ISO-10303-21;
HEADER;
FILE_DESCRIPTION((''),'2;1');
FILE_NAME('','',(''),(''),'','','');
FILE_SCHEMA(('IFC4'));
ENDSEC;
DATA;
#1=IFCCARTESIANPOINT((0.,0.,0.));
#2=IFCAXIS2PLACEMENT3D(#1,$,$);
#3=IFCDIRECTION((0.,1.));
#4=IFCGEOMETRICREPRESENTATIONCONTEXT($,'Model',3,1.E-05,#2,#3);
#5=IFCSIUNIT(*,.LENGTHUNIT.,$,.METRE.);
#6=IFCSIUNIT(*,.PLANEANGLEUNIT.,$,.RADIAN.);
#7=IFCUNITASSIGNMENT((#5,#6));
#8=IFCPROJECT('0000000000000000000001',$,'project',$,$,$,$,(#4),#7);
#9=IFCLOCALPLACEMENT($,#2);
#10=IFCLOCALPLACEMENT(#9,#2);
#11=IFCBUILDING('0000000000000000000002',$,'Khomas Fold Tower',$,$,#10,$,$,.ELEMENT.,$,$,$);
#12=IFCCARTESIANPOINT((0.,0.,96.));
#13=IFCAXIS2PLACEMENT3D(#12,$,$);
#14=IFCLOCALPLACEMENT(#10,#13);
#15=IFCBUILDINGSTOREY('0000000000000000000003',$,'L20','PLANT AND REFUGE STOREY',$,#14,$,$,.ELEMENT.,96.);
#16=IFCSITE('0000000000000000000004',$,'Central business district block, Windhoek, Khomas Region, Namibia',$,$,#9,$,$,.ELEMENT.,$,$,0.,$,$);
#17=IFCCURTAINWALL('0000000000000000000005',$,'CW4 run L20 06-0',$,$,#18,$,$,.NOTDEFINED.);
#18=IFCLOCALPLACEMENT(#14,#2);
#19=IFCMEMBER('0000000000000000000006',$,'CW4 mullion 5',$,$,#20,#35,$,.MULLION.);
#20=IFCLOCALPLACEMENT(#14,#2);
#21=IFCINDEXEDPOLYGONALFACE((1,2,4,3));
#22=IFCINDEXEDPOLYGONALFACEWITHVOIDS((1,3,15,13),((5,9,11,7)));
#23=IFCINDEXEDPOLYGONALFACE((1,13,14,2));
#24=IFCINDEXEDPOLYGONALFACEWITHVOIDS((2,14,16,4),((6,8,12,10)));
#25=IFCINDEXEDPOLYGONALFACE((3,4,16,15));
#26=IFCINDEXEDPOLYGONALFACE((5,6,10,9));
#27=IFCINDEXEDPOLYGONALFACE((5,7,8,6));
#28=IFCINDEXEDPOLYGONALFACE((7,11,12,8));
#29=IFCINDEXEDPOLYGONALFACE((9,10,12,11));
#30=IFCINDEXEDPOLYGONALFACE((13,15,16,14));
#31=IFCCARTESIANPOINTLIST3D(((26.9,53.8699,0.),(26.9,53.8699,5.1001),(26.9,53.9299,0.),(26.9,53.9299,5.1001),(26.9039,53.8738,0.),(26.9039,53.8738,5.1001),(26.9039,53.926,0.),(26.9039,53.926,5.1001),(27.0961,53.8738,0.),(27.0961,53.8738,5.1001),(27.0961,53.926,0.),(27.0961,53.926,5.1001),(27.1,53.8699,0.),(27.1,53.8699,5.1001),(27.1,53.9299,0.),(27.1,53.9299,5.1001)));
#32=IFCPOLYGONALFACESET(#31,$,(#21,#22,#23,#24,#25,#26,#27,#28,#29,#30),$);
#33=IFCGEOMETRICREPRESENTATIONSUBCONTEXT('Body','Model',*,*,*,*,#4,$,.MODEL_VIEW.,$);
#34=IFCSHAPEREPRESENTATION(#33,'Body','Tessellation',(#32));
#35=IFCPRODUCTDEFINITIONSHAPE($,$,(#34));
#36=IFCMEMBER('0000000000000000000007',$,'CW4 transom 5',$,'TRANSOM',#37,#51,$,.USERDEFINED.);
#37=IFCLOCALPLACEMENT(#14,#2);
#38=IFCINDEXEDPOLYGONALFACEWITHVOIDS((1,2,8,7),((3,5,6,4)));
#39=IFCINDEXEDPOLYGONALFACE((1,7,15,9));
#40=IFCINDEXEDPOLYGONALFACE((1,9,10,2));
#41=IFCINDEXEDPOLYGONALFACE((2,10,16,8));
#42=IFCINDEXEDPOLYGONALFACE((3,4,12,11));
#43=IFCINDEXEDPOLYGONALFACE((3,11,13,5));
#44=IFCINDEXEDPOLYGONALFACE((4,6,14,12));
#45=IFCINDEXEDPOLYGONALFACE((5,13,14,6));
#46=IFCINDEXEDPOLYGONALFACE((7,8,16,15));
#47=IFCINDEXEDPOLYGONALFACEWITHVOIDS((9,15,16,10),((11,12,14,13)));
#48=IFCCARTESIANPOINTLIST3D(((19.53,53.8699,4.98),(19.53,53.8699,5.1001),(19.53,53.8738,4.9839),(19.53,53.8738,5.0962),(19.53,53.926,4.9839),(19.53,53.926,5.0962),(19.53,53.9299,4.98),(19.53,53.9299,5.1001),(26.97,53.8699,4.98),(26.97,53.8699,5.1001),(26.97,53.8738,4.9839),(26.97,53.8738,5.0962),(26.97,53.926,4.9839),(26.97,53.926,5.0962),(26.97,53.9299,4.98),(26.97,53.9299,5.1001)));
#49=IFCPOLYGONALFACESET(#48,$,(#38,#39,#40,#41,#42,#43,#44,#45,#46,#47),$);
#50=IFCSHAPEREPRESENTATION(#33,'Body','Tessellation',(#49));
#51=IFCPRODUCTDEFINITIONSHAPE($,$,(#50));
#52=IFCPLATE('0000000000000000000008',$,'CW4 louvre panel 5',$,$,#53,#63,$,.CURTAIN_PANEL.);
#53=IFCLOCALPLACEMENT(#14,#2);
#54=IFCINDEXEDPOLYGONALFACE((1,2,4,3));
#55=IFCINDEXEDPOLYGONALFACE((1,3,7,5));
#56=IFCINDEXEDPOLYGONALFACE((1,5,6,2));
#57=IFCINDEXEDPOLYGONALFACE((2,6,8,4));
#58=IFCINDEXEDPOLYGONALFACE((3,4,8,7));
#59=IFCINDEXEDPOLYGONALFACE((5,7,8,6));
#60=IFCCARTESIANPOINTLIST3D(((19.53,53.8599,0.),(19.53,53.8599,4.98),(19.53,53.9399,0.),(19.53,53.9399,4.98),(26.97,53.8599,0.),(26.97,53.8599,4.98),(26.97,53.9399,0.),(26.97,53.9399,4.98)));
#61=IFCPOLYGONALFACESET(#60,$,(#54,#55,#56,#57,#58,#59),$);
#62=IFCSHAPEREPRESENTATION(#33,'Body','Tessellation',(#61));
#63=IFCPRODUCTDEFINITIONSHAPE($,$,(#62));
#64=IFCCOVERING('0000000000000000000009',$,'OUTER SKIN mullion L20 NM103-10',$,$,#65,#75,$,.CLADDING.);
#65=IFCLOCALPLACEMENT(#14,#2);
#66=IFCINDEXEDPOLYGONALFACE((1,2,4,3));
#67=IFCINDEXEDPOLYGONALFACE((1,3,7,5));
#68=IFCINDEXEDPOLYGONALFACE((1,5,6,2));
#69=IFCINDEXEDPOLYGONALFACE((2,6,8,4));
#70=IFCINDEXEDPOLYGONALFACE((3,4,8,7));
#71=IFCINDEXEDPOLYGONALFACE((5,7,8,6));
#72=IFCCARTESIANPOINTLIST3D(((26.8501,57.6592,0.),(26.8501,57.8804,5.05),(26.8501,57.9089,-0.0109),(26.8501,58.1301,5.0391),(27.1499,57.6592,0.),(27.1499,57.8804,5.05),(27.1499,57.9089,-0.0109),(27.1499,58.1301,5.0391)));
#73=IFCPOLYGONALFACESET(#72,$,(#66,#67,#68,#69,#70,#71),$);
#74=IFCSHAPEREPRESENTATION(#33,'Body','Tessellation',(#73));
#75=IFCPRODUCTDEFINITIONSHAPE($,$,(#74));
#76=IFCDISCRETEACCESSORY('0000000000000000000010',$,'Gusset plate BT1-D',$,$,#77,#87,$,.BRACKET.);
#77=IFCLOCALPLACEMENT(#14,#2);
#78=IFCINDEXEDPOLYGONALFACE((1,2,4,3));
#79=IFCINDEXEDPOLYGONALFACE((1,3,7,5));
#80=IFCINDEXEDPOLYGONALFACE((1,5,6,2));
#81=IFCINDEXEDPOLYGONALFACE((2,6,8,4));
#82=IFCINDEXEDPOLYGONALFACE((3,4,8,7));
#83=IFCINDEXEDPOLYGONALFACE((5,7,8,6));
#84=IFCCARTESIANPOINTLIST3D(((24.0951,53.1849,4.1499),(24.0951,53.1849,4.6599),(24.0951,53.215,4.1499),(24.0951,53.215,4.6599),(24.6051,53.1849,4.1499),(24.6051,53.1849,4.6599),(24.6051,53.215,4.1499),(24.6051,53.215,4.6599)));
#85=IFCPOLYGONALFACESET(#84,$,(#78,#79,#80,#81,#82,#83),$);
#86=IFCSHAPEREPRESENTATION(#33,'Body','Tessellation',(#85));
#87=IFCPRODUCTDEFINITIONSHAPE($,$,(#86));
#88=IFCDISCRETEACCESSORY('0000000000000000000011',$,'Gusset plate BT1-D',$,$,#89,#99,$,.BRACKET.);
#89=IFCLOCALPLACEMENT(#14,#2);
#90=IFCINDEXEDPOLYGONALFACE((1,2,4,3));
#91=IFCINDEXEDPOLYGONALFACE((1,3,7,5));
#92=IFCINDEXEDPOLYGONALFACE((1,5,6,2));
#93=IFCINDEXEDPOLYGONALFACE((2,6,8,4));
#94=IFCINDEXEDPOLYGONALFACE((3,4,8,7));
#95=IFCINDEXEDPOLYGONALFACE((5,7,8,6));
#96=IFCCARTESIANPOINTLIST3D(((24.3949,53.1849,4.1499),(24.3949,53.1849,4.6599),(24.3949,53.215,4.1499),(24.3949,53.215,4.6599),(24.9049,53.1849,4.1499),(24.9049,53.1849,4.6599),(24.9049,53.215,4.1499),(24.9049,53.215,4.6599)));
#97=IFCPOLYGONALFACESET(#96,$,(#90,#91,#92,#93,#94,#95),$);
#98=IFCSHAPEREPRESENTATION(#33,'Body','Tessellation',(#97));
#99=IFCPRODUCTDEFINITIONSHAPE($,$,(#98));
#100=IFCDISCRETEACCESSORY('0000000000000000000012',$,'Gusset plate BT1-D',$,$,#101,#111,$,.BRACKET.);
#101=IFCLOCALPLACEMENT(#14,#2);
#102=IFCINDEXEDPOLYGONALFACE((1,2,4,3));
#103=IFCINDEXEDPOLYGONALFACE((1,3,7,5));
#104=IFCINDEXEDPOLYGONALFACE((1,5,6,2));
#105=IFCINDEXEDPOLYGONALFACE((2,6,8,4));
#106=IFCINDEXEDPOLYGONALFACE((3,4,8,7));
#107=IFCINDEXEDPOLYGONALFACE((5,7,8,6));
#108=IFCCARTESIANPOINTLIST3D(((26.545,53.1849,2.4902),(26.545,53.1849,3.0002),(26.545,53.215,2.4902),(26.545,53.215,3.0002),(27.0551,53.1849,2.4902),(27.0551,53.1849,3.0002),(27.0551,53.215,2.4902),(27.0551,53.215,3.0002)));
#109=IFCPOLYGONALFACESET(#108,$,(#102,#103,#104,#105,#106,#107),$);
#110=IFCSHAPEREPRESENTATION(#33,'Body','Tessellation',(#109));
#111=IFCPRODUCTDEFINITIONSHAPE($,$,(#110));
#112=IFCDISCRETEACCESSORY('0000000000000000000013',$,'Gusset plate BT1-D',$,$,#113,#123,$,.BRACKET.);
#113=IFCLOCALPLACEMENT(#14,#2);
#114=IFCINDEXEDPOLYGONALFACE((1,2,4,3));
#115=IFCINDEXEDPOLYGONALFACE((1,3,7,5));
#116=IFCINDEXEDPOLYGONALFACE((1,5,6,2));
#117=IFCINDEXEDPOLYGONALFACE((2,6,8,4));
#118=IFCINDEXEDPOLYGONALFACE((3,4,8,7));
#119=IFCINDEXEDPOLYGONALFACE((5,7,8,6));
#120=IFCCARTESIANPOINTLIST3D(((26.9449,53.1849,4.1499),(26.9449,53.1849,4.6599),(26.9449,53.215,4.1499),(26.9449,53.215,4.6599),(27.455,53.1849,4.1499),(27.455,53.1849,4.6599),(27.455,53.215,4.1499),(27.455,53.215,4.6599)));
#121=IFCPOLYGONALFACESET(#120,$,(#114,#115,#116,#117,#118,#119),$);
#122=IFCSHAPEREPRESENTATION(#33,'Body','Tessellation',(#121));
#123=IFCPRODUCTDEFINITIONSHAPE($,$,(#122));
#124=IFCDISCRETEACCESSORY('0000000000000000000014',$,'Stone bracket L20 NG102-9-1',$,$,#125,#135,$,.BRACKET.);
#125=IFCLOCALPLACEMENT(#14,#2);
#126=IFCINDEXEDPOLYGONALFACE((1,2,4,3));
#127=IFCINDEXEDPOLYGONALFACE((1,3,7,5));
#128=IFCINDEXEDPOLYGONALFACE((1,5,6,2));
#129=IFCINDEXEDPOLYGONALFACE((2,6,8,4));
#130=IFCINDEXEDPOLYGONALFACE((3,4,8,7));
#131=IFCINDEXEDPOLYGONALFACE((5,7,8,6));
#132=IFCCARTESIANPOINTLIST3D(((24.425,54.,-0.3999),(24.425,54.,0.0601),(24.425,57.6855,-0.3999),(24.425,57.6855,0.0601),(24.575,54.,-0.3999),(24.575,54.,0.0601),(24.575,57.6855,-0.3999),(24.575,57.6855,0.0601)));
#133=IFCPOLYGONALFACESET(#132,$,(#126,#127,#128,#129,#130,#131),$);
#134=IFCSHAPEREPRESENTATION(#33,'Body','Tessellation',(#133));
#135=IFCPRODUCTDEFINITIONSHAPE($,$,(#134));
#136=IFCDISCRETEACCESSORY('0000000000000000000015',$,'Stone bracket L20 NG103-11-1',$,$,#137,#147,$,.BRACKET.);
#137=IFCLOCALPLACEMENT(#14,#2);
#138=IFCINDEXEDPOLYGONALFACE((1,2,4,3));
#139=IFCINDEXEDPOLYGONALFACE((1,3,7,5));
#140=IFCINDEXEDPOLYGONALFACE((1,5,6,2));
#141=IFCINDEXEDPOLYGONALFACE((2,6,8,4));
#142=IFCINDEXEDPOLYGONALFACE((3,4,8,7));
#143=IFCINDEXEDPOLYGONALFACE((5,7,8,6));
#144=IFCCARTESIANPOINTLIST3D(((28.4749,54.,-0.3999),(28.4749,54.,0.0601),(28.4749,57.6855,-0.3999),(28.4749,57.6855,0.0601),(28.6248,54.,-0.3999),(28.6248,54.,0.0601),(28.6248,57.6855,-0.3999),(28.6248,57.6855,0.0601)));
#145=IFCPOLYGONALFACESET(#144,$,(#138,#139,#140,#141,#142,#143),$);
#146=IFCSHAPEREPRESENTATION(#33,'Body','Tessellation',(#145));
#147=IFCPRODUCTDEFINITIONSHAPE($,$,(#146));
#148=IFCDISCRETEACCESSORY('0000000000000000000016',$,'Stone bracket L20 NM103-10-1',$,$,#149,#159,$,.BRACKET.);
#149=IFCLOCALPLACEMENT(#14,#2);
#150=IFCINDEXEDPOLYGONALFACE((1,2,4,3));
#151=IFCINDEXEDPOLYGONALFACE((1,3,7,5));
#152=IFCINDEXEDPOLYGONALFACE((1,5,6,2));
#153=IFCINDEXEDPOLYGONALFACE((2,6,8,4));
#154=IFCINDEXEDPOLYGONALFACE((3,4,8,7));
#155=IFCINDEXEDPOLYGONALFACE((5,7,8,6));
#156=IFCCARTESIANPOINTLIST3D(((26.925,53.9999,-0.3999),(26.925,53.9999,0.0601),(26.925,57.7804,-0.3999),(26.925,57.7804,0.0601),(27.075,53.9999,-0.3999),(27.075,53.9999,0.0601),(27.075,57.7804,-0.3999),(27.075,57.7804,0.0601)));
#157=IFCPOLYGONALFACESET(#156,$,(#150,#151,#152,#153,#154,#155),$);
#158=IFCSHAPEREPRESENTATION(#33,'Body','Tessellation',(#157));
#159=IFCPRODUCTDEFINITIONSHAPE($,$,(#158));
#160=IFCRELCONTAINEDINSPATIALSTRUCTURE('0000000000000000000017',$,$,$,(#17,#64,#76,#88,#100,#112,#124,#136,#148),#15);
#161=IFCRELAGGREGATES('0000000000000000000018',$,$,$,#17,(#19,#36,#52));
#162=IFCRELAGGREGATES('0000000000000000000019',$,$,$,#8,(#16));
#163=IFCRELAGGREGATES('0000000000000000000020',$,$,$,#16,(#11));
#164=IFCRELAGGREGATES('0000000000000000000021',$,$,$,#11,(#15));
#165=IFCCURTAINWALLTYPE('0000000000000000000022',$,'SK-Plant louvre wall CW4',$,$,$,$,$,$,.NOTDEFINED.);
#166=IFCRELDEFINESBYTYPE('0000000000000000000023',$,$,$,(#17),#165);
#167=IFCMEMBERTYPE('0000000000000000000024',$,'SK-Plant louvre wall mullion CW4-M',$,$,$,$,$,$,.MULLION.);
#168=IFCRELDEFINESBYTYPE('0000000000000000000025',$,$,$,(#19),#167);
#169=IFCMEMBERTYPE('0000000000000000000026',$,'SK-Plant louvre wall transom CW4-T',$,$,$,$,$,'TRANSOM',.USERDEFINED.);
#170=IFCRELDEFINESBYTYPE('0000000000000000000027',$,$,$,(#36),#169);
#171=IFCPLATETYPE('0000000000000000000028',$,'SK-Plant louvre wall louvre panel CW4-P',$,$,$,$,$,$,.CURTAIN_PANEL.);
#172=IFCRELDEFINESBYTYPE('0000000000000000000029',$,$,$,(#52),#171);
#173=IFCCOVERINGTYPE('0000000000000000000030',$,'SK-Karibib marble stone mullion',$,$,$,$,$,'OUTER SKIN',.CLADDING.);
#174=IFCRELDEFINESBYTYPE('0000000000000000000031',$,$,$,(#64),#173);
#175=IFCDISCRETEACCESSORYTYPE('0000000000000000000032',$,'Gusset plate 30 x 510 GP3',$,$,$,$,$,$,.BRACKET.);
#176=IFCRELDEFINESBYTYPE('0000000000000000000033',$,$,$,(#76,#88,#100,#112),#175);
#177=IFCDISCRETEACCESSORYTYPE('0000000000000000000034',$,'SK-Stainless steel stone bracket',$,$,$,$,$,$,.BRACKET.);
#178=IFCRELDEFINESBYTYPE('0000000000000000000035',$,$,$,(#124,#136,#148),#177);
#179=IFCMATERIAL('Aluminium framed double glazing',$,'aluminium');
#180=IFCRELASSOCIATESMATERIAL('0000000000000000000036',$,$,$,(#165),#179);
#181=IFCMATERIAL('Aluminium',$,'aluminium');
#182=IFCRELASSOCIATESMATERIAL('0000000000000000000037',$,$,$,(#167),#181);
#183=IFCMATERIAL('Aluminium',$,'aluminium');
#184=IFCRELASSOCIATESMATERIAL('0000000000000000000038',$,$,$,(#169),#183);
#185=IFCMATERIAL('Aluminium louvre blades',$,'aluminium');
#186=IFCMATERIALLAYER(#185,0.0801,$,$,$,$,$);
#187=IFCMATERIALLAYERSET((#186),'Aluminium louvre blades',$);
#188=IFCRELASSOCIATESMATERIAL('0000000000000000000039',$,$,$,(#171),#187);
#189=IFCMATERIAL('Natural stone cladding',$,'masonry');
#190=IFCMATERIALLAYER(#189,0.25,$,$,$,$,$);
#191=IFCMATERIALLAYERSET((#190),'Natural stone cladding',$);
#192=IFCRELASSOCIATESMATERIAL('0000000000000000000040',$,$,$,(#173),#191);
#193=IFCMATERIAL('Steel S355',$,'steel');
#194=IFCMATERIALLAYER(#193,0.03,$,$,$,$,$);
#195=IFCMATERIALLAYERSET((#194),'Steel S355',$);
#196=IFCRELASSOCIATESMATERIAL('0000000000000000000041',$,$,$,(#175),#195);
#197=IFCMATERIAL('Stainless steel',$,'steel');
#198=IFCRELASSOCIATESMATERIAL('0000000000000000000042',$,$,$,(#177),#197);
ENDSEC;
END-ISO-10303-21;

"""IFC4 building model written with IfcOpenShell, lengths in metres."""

from ifc_helpers import new_model, si_unit, direction, frame, origin, origin_2d, place, context, subcontext, project, spatial, polyline, rectangle, hollow_rectangle, outline, extrude, source, transform, mapped, material, layer, layer_set, material_profile, profile_set, type_object, element, aggregate, save


model = new_model("IFC4")

# Units and contexts
model_context = context("Model", 3, precision=1e-05, world=origin(), true_north=direction((0.0, 1.0)))
body_context = subcontext(model_context, "Body", "Model", "MODEL_VIEW")
ifc_project = project(units=[si_unit("LENGTHUNIT", "METRE"), si_unit("PLANEANGLEUNIT", "RADIAN")], contexts=[model_context])

# Site, building, storey
site_placement = place(None, origin())
site = spatial("IfcSite", under=ifc_project, at=site_placement, Name="Central business district block, Windhoek, Khomas Region, Namibia", CompositionType="ELEMENT", RefElevation=0.0)
building_placement = place(site_placement, origin())
building = spatial("IfcBuilding", under=site, at=building_placement, Name="Khomas Fold Tower", CompositionType="ELEMENT")
storey_placement = place(building_placement, frame((0.0, 0.0, 96.0)))
storey = spatial("IfcBuildingStorey", under=building, at=storey_placement, Name="L20", Description="PLANT AND REFUGE STOREY", CompositionType="ELEMENT", Elevation=96.0)

# Curtain wall, members, plate
ifc_material_1 = material(Name="Aluminium framed double glazing", Category="aluminium")
curtain_wall_type = type_object("IfcCurtainWallType", Name="SK-Plant louvre wall CW4", PredefinedType="NOTDEFINED", material=ifc_material_1)
curtain_wall_placement = place(storey_placement, origin())
curtain_wall = element("IfcCurtainWall", 1, at=curtain_wall_placement, inside=storey, type_object=curtain_wall_type, Name="CW4 run L20 06-0", PredefinedType="NOTDEFINED")
ifc_material_2 = material(Name="Aluminium", Category="aluminium")
ifc_material_profile_1 = material_profile(ifc_material_2, hollow_rectangle(XDim=0.0601, YDim=0.2, WallThickness=0.0039, at=origin_2d()), Name="SK-Plant louvre wall mullion CW4-M")
ifc_profile_set_1 = profile_set([ifc_material_profile_1], Name="Aluminium")
member_type_1 = type_object("IfcMemberType", Name="SK-Plant louvre wall mullion CW4-M", PredefinedType="MULLION", material=ifc_profile_set_1)
shared_shape_1 = source(origin(), body_context, "Body", "SweptSolid", [
    extrude(hollow_rectangle(XDim=0.0601, YDim=0.2, WallThickness=0.0039, at=origin_2d()), origin(), (0.0, 0.0, 1.0), 5.1001),
])
member_1_placement = place(storey_placement, frame((27.0, 53.8999, 0.0), z_axis=(0.0, 0.0, 1.0), x_axis=(0.0, -1.0, 0.0)))
member_1 = element("IfcMember", 2, at=member_1_placement, type_object=member_type_1, Name="CW4 mullion 5", PredefinedType="MULLION", context=body_context, shape_type="MappedRepresentation", body=[
    mapped(shared_shape_1, transform((0.0, 0.0, 0.0))),
])
ifc_material_3 = material(Name="Aluminium", Category="aluminium")
ifc_material_profile_2 = material_profile(ifc_material_3, hollow_rectangle(XDim=0.0601, YDim=0.1201, WallThickness=0.0039, at=origin_2d()), Name="SK-Plant louvre wall transom CW4-T")
ifc_profile_set_2 = profile_set([ifc_material_profile_2], Name="Aluminium")
member_type_2 = type_object("IfcMemberType", Name="SK-Plant louvre wall transom CW4-T", ElementType="TRANSOM", PredefinedType="USERDEFINED", material=ifc_profile_set_2)
shared_shape_2 = source(origin(), body_context, "Body", "SweptSolid", [
    extrude(hollow_rectangle(XDim=0.0601, YDim=0.1201, WallThickness=0.0039, at=origin_2d()), origin(), (0.0, 0.0, 1.0), 7.4399),
])
member_2_placement = place(storey_placement, frame((26.97, 53.8999, 5.04), z_axis=(-1.0, 0.0, 0.0), x_axis=(0.0, -1.0, 0.0)))
member_2 = element("IfcMember", 3, at=member_2_placement, type_object=member_type_2, Name="CW4 transom 5", ObjectType="TRANSOM", PredefinedType="USERDEFINED", context=body_context, shape_type="MappedRepresentation", body=[
    mapped(shared_shape_2, transform((0.0, 0.0, 0.0))),
])
ifc_material_4 = material(Name="Aluminium louvre blades", Category="aluminium")
ifc_layer_1 = layer(ifc_material_4, 0.0801)
ifc_layer_set_1 = layer_set([ifc_layer_1], Name="Aluminium louvre blades")
plate_type = type_object("IfcPlateType", Name="SK-Plant louvre wall louvre panel CW4-P", PredefinedType="CURTAIN_PANEL", material=ifc_layer_set_1)
shared_shape_3 = source(origin(), body_context, "Body", "SweptSolid", [
    extrude(rectangle(XDim=7.4399, YDim=0.0801, at=origin_2d()), origin(), (0.0, 0.0, 1.0), 4.98),
])
plate_placement = place(storey_placement, frame((23.25, 53.8999, 0.0), z_axis=(0.0, 0.0, 1.0), x_axis=(-1.0, 0.0, 0.0)))
plate = element("IfcPlate", 4, at=plate_placement, type_object=plate_type, Name="CW4 louvre panel 5", PredefinedType="CURTAIN_PANEL", context=body_context, shape_type="MappedRepresentation", body=[
    mapped(shared_shape_3, transform((0.0, 0.0, 0.0))),
])
aggregate(curtain_wall, [member_1, member_2, plate])

# Covering
ifc_material_5 = material(Name="Natural stone cladding", Category="masonry")
ifc_layer_2 = layer(ifc_material_5, 0.25)
ifc_layer_set_2 = layer_set([ifc_layer_2], Name="Natural stone cladding")
covering_type = type_object("IfcCoveringType", Name="SK-Karibib marble stone mullion", ElementType="OUTER SKIN", PredefinedType="CLADDING", material=ifc_layer_set_2)
covering_placement = place(storey_placement, frame((26.8501, 57.6592, 0.0), z_axis=(0.0, -0.999042, 0.043758), x_axis=(0.0, 0.043758, 0.999042)))
element("IfcCovering", 5, at=covering_placement, inside=storey, type_object=covering_type, Name="OUTER SKIN mullion L20 NM103-10", PredefinedType="CLADDING", context=body_context, shape_type="SweptSolid", body=[
    extrude(outline(polyline([(0.0, 0.0), (5.0549, 0.0), (5.0549, -0.2998), (0.0, -0.2998), (0.0, 0.0)])), origin(), (0.0, 0.0, -1.0), 0.25),
])

# Discrete accessories
ifc_material_6 = material(Name="Steel S355", Category="steel")
ifc_layer_3 = layer(ifc_material_6, 0.03)
ifc_layer_set_3 = layer_set([ifc_layer_3], Name="Steel S355")
discrete_accessory_type_1 = type_object("IfcDiscreteAccessoryType", Name="Gusset plate 30 x 510 GP3", PredefinedType="BRACKET", material=ifc_layer_set_3)
shared_shape_4 = source(origin(), body_context, "Body", "SweptSolid", [
    extrude(rectangle(XDim=0.51, YDim=0.03, at=origin_2d()), origin(), (0.0, 0.0, 1.0), 0.51),
])
for number, where, z_axis, x_axis, name in (
    (6, (24.3501, 53.2, 4.1499), (0.0, 0.0, 1.0), (1.0, 0.0, 0.0), "Gusset plate BT1-D"),
    (7, (24.6499, 53.2, 4.1499), (0.0, 0.0, 1.0), (1.0, 0.0, 0.0), "Gusset plate BT1-D"),
    (8, (26.8, 53.2, 2.4902), (0.0, 0.0, 1.0), (1.0, 0.0, 0.0), "Gusset plate BT1-D"),
    (9, (27.2, 53.2, 4.1499), (0.0, 0.0, 1.0), (1.0, 0.0, 0.0), "Gusset plate BT1-D"),
):
    element("IfcDiscreteAccessory", number, at=place(storey_placement, frame(where, z_axis=z_axis, x_axis=x_axis)), inside=storey, type_object=discrete_accessory_type_1, Name=name, PredefinedType="BRACKET", context=body_context, shape_type="MappedRepresentation", body=[
        mapped(shared_shape_4, transform((0.0, 0.0, 0.0))),
    ])
ifc_material_7 = material(Name="Stainless steel", Category="steel")
discrete_accessory_type_2 = type_object("IfcDiscreteAccessoryType", Name="SK-Stainless steel stone bracket", PredefinedType="BRACKET", material=ifc_material_7)
shared_shape_5 = source(origin(), body_context, "Body", "SweptSolid", [
    extrude(rectangle(XDim=3.6855, YDim=0.1499, at=origin_2d()), origin(), (0.0, 0.0, 1.0), 0.46),
])
for number, where, z_axis, x_axis, name in (
    (10, (24.5, 55.8428, -0.3999), (0.0, 0.0, 1.0), (0.0, 1.0, 0.0), "Stone bracket L20 NG102-9-1"),
    (11, (28.5498, 55.8428, -0.3999), (0.0, 0.0, 1.0), (0.0, 1.0, 0.0), "Stone bracket L20 NG103-11-1"),
):
    element("IfcDiscreteAccessory", number, at=place(storey_placement, frame(where, z_axis=z_axis, x_axis=x_axis)), inside=storey, type_object=discrete_accessory_type_2, Name=name, PredefinedType="BRACKET", context=body_context, shape_type="MappedRepresentation", body=[
        mapped(shared_shape_5, transform((0.0, 0.0, 0.0))),
    ])
shared_shape_6 = source(origin(), body_context, "Body", "SweptSolid", [
    extrude(rectangle(XDim=3.7805, YDim=0.1499, at=origin_2d()), origin(), (0.0, 0.0, 1.0), 0.46),
])
discrete_accessory_placement = place(storey_placement, frame((27.0, 55.8901, -0.3999), z_axis=(0.0, 0.0, 1.0), x_axis=(0.0, 1.0, 0.0)))
element("IfcDiscreteAccessory", 12, at=discrete_accessory_placement, inside=storey, type_object=discrete_accessory_type_2, Name="Stone bracket L20 NM103-10-1", PredefinedType="BRACKET", context=body_context, shape_type="MappedRepresentation", body=[
    mapped(shared_shape_6, transform((0.0, 0.0, 0.0))),
])

save(model, "model.ifc")
